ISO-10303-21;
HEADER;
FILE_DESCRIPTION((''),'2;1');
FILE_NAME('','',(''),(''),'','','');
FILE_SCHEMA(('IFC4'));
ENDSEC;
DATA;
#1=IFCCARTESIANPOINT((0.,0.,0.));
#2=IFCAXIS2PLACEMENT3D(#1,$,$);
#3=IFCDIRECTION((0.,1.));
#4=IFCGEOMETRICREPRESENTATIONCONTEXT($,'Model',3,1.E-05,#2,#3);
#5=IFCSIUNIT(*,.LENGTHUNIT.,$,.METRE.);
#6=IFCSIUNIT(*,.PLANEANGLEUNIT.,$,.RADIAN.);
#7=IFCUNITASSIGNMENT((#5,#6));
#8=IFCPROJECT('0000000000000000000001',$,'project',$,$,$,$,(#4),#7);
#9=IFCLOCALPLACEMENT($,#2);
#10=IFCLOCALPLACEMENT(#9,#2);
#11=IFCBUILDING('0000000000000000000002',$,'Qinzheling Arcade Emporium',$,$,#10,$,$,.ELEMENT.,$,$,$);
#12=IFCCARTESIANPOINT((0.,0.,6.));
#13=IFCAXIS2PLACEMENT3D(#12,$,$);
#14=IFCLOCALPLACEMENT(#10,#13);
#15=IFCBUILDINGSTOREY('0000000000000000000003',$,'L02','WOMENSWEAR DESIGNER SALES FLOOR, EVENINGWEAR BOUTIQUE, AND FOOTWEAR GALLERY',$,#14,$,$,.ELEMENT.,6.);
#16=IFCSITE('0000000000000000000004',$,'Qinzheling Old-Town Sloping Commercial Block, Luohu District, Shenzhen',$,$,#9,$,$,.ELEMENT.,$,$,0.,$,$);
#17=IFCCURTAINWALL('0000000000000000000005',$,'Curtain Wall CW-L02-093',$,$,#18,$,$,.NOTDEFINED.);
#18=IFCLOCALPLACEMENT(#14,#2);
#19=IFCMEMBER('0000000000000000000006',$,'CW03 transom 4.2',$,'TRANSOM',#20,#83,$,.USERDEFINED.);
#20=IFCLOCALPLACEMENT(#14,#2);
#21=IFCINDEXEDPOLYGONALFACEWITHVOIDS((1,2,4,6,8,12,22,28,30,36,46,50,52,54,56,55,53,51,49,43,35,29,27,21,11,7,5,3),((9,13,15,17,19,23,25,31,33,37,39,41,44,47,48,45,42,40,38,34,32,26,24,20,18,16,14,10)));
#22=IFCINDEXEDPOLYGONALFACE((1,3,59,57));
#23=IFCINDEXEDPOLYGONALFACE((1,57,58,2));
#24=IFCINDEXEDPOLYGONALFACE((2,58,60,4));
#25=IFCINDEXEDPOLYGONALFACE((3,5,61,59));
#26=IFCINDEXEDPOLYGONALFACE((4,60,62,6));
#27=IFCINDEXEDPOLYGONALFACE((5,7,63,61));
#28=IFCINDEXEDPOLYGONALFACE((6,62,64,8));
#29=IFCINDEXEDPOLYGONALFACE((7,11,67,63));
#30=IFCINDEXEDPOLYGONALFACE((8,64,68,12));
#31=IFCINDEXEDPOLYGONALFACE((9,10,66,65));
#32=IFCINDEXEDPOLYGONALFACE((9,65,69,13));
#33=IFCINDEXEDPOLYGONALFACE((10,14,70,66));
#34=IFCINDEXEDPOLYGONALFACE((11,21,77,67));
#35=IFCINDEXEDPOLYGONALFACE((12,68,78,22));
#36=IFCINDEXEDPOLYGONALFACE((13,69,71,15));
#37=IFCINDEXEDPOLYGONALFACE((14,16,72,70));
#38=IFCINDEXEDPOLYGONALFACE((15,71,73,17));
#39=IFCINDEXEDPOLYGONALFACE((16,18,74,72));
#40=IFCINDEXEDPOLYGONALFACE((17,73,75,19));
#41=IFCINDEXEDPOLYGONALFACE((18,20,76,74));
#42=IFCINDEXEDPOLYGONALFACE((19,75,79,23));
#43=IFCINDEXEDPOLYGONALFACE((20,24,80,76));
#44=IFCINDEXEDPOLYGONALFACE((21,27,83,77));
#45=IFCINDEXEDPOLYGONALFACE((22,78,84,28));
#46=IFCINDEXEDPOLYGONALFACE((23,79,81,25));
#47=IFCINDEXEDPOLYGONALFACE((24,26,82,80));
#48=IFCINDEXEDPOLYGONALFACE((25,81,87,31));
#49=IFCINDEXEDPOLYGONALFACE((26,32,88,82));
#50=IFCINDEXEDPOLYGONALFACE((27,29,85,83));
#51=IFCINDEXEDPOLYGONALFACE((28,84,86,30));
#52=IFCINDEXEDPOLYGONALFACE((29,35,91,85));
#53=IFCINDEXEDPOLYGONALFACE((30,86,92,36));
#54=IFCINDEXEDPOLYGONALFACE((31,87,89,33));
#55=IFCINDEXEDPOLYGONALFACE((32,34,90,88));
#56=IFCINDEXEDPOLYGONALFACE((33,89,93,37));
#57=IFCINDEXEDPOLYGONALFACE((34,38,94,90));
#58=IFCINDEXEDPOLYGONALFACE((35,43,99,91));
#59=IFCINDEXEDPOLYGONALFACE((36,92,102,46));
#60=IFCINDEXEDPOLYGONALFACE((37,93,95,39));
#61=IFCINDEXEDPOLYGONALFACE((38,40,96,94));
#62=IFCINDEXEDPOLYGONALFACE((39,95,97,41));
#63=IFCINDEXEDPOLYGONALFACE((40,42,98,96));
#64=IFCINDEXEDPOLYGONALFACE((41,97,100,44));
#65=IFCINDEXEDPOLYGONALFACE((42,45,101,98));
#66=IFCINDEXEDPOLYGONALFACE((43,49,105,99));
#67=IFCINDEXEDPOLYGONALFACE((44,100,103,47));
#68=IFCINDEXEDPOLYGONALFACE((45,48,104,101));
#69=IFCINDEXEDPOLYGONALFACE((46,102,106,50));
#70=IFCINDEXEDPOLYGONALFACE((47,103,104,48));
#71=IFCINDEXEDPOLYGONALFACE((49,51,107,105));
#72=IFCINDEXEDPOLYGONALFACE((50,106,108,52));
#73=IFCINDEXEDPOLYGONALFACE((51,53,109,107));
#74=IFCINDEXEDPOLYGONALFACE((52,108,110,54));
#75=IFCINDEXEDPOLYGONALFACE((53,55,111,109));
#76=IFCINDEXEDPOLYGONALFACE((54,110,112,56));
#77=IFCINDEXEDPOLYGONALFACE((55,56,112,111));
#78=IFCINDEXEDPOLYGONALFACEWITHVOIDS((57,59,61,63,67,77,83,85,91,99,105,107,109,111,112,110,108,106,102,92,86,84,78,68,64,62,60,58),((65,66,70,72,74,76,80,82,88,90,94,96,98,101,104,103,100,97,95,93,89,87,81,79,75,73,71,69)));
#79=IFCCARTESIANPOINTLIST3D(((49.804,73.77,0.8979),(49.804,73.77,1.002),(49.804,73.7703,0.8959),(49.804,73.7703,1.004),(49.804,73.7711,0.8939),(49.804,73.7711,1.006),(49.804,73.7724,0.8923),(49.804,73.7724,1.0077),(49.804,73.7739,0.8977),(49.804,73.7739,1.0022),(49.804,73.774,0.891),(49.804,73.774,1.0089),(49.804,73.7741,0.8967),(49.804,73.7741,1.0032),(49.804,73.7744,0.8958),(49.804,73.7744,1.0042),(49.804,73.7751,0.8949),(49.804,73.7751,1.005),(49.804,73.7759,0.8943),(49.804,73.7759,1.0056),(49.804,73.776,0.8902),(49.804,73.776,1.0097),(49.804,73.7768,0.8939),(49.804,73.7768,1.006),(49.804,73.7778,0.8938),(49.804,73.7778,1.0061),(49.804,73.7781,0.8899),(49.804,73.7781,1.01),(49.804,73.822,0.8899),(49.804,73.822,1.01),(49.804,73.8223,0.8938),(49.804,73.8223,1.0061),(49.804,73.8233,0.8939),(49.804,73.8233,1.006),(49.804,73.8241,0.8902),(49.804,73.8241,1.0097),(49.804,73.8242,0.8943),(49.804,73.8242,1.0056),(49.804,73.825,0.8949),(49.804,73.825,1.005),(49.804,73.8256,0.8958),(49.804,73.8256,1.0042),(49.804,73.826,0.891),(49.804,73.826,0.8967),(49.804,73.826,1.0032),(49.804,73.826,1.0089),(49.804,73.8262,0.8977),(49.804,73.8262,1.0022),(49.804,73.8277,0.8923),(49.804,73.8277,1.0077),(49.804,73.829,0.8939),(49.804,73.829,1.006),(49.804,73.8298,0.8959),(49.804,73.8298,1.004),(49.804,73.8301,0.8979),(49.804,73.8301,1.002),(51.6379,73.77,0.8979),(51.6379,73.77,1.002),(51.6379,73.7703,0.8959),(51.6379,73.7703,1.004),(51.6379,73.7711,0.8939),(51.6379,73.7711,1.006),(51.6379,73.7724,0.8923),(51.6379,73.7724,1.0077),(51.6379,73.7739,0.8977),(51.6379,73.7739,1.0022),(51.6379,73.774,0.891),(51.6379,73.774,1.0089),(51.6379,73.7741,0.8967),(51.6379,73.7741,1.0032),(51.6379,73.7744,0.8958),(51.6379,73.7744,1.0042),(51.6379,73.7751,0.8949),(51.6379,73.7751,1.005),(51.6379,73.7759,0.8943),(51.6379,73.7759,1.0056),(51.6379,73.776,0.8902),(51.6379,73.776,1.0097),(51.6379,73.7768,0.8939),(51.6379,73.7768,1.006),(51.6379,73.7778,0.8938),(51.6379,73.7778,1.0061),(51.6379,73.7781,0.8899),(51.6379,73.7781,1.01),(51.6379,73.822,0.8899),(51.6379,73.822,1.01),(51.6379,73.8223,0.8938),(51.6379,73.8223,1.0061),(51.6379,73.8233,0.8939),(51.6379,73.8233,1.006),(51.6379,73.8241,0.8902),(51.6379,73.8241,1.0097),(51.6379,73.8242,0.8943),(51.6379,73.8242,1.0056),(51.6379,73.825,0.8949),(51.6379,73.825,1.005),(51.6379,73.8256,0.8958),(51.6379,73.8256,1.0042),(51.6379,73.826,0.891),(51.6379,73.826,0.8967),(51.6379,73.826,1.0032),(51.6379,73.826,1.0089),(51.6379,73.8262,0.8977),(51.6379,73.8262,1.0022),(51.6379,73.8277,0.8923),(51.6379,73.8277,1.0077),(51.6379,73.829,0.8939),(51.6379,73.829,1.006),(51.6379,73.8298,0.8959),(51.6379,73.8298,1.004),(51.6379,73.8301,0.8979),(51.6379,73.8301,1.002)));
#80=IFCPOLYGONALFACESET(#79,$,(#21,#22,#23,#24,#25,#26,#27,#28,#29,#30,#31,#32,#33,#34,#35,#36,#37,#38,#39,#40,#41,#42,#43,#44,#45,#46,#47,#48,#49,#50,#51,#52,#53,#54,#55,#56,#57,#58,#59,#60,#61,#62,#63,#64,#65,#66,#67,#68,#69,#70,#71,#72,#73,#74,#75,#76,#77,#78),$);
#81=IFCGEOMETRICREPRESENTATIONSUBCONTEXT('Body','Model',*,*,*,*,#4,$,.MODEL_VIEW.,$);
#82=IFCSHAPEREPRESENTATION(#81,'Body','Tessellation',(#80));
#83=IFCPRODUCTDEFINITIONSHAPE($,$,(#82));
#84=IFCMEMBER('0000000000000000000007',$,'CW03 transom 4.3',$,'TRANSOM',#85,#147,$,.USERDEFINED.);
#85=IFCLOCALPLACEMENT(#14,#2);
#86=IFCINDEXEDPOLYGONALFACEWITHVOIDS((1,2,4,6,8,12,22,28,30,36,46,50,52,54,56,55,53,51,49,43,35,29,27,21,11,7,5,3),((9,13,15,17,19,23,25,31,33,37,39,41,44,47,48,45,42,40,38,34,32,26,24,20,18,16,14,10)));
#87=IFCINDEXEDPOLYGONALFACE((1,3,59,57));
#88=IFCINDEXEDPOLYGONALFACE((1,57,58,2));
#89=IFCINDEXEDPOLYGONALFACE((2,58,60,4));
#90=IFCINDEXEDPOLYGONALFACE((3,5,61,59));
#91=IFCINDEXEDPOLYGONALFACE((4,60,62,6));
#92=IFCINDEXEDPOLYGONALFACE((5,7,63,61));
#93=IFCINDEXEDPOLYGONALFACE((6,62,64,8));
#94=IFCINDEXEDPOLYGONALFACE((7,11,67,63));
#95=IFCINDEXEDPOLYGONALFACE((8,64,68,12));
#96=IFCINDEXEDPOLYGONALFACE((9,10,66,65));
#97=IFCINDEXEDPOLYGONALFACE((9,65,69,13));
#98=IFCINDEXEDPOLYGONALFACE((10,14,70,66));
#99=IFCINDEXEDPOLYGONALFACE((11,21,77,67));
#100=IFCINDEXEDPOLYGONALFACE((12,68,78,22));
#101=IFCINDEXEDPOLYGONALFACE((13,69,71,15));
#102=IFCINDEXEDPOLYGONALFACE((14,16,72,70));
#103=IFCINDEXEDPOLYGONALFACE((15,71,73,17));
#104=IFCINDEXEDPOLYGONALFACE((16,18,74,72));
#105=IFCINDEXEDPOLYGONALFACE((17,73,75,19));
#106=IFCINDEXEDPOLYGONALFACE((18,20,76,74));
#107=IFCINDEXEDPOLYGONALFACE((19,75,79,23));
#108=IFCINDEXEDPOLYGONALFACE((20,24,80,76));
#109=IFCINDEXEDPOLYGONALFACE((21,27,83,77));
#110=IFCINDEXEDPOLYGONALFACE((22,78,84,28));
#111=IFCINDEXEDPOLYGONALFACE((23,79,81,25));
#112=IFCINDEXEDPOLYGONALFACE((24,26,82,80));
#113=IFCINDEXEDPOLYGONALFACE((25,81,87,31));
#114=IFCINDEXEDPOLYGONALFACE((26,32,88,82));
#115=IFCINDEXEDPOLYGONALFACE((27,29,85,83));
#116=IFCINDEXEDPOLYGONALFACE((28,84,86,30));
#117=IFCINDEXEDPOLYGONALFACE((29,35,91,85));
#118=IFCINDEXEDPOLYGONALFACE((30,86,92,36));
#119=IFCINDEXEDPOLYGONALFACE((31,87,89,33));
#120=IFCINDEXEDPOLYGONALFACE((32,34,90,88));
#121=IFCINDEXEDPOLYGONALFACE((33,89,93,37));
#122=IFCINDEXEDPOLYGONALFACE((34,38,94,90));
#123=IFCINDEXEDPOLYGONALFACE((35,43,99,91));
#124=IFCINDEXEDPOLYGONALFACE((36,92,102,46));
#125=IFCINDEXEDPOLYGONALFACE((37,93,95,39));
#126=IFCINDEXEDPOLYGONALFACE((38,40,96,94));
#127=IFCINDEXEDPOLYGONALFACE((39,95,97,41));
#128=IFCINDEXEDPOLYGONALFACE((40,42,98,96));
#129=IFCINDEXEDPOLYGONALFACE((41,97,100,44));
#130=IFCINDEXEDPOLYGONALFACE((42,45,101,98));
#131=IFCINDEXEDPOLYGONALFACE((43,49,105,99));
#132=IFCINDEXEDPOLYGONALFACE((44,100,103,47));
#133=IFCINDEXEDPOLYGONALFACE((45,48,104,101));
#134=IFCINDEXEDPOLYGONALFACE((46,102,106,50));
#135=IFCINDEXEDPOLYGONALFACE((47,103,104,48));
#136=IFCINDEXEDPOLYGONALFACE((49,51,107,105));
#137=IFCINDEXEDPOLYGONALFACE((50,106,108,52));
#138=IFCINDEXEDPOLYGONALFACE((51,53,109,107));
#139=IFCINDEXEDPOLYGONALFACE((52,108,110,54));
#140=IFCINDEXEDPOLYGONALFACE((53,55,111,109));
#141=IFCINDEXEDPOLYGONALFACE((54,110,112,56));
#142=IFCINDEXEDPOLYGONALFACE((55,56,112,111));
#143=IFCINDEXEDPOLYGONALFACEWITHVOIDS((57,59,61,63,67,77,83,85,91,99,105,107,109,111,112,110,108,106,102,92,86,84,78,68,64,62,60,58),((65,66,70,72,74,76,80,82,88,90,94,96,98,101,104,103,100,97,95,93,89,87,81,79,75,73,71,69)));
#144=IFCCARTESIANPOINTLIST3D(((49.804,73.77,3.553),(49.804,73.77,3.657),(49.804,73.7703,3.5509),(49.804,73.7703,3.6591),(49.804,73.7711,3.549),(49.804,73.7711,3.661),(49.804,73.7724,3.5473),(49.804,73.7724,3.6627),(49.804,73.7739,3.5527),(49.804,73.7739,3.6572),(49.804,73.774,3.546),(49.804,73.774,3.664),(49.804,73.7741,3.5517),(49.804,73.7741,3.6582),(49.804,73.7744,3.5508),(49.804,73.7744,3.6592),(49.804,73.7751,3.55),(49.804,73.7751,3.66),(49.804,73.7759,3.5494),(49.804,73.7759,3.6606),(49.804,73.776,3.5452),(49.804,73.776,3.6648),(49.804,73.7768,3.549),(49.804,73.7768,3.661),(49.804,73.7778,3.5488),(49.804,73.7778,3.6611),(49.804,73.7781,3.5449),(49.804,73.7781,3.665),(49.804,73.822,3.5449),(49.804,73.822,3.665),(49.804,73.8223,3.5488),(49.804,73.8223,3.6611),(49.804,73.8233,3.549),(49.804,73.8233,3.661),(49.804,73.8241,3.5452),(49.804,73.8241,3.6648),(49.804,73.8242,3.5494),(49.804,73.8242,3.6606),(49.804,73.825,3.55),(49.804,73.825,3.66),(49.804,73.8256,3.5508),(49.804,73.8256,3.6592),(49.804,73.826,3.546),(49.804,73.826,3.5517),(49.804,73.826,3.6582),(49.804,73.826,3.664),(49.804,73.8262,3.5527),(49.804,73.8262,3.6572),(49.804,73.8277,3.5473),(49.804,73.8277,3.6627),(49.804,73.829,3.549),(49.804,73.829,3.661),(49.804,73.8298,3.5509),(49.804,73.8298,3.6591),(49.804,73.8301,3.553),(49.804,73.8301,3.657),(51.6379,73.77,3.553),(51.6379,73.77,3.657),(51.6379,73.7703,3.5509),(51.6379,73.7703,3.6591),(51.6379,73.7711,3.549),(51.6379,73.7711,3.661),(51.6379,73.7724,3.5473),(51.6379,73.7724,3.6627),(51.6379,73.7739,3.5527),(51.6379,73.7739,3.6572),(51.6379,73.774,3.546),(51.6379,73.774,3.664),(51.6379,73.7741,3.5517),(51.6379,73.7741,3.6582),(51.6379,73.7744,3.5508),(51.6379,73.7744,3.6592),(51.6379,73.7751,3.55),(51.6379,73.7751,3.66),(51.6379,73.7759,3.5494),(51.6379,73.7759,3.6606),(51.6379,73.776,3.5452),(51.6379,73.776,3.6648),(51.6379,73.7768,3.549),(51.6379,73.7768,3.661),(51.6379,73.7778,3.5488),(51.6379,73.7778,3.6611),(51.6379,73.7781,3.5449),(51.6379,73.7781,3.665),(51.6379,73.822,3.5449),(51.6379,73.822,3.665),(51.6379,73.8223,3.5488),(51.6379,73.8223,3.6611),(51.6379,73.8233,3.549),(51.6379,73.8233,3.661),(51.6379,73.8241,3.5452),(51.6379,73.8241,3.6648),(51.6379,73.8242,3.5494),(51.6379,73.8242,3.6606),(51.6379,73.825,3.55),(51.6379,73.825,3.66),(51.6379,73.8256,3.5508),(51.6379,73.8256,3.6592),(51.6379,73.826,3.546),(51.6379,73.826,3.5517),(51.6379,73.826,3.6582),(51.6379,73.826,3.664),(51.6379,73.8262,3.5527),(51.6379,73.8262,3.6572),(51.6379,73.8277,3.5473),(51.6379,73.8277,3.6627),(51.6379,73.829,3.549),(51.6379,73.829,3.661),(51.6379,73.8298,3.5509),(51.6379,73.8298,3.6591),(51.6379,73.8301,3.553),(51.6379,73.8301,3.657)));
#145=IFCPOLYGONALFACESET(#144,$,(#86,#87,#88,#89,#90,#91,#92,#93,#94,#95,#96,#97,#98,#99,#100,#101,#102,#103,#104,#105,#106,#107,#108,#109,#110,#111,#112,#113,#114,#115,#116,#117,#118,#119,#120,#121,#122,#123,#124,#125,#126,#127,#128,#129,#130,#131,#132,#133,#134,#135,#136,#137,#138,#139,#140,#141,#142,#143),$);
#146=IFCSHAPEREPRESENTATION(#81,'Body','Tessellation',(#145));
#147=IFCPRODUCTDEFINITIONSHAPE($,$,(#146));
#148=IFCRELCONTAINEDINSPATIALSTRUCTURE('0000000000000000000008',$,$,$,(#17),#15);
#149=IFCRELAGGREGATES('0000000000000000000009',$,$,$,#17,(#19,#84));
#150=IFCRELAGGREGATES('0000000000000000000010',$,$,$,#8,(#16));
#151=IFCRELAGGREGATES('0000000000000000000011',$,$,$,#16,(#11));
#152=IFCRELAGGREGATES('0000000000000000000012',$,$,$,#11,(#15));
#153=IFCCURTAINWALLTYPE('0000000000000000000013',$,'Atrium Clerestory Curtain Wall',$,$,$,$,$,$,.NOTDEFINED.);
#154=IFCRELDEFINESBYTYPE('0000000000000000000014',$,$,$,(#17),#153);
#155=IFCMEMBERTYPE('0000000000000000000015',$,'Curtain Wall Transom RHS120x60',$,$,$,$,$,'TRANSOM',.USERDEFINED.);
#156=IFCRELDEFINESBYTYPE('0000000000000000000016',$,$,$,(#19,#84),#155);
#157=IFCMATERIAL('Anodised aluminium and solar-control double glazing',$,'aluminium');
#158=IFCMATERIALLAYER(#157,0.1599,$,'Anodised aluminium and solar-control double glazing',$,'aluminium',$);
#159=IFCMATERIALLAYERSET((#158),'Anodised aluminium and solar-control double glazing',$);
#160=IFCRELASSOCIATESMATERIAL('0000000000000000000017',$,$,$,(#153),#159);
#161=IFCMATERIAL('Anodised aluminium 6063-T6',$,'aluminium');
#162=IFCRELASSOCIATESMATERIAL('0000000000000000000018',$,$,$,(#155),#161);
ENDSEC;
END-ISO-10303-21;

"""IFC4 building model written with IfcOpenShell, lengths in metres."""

from ifc_helpers import new_model, si_unit, direction, frame, origin, origin_2d, place, context, subcontext, project, spatial, hollow_rectangle, extrude, material, layer, layer_set, material_profile, profile_set, type_object, element, aggregate, save


model = new_model("IFC4")

# Units and contexts
model_context = context("Model", 3, precision=1e-05, world=origin(), true_north=direction((0.0, 1.0)))
body_context = subcontext(model_context, "Body", "Model", "MODEL_VIEW")
ifc_project = project(units=[si_unit("LENGTHUNIT", "METRE"), si_unit("PLANEANGLEUNIT", "RADIAN")], contexts=[model_context])

# Site, building, storey
site_placement = place(None, origin())
site = spatial("IfcSite", under=ifc_project, at=site_placement, Name="Qinzheling Old-Town Sloping Commercial Block, Luohu District, Shenzhen", CompositionType="ELEMENT", RefElevation=0.0)
building_placement = place(site_placement, origin())
building = spatial("IfcBuilding", under=site, at=building_placement, Name="Qinzheling Arcade Emporium", CompositionType="ELEMENT")
storey_placement = place(building_placement, frame((0.0, 0.0, 6.0)))
storey = spatial("IfcBuildingStorey", under=building, at=storey_placement, Name="L02", Description="WOMENSWEAR DESIGNER SALES FLOOR, EVENINGWEAR BOUTIQUE, AND FOOTWEAR GALLERY", CompositionType="ELEMENT", Elevation=6.0)

# Curtain wall, members
ifc_material_1 = material(Name="Anodised aluminium and solar-control double glazing", Category="aluminium")
ifc_layer_1 = layer(ifc_material_1, 0.1599, Name="Anodised aluminium and solar-control double glazing", Category="aluminium")
ifc_layer_set_1 = layer_set([ifc_layer_1], Name="Anodised aluminium and solar-control double glazing")
curtain_wall_type = type_object("IfcCurtainWallType", Name="Atrium Clerestory Curtain Wall", PredefinedType="NOTDEFINED", material=ifc_layer_set_1)
curtain_wall_placement = place(storey_placement, origin())
curtain_wall = element("IfcCurtainWall", 1, at=curtain_wall_placement, inside=storey, type_object=curtain_wall_type, Name="Curtain Wall CW-L02-093", PredefinedType="NOTDEFINED")
ifc_material_2 = material(Name="Anodised aluminium 6063-T6", Category="aluminium")
ifc_material_profile_1 = material_profile(ifc_material_2, hollow_rectangle(XDim=0.0601, YDim=0.1201, WallThickness=0.0039, InnerFilletRadius=0.0039, OuterFilletRadius=0.0081, at=origin_2d()), Name="RHS 120x60x4", Category="aluminium")
ifc_profile_set_1 = profile_set([ifc_material_profile_1], Name="Anodised aluminium 6063-T6")
member_type_1 = type_object("IfcMemberType", Name="Curtain Wall Transom RHS120x60", ElementType="TRANSOM", PredefinedType="USERDEFINED", material=ifc_profile_set_1)
member_1_placement = place(storey_placement, frame((49.804, 73.8, 0.95), z_axis=(1.0, 0.0, 0.0), x_axis=(0.0, 1.0, 0.0)))
member_1 = element("IfcMember", 2, at=member_1_placement, type_object=member_type_1, Name="CW03 transom 4.2", ObjectType="TRANSOM", PredefinedType="USERDEFINED", context=body_context, shape_type="SweptSolid", body=[
    extrude(hollow_rectangle(XDim=0.0601, YDim=0.1201, WallThickness=0.0039, InnerFilletRadius=0.0039, OuterFilletRadius=0.0081, at=origin_2d()), origin(), (0.0, 0.0, 1.0), 1.834),
])
member_2_placement = place(storey_placement, frame((49.804, 73.8, 3.605), z_axis=(1.0, 0.0, 0.0), x_axis=(0.0, 1.0, 0.0)))
member_2 = element("IfcMember", 3, at=member_2_placement, type_object=member_type_1, Name="CW03 transom 4.3", ObjectType="TRANSOM", PredefinedType="USERDEFINED", context=body_context, shape_type="SweptSolid", body=[
    extrude(hollow_rectangle(XDim=0.0601, YDim=0.1201, WallThickness=0.0039, InnerFilletRadius=0.0039, OuterFilletRadius=0.0081, at=origin_2d()), origin(), (0.0, 0.0, 1.0), 1.834),
])
aggregate(curtain_wall, [member_1, member_2])

save(model, "model.ifc")
